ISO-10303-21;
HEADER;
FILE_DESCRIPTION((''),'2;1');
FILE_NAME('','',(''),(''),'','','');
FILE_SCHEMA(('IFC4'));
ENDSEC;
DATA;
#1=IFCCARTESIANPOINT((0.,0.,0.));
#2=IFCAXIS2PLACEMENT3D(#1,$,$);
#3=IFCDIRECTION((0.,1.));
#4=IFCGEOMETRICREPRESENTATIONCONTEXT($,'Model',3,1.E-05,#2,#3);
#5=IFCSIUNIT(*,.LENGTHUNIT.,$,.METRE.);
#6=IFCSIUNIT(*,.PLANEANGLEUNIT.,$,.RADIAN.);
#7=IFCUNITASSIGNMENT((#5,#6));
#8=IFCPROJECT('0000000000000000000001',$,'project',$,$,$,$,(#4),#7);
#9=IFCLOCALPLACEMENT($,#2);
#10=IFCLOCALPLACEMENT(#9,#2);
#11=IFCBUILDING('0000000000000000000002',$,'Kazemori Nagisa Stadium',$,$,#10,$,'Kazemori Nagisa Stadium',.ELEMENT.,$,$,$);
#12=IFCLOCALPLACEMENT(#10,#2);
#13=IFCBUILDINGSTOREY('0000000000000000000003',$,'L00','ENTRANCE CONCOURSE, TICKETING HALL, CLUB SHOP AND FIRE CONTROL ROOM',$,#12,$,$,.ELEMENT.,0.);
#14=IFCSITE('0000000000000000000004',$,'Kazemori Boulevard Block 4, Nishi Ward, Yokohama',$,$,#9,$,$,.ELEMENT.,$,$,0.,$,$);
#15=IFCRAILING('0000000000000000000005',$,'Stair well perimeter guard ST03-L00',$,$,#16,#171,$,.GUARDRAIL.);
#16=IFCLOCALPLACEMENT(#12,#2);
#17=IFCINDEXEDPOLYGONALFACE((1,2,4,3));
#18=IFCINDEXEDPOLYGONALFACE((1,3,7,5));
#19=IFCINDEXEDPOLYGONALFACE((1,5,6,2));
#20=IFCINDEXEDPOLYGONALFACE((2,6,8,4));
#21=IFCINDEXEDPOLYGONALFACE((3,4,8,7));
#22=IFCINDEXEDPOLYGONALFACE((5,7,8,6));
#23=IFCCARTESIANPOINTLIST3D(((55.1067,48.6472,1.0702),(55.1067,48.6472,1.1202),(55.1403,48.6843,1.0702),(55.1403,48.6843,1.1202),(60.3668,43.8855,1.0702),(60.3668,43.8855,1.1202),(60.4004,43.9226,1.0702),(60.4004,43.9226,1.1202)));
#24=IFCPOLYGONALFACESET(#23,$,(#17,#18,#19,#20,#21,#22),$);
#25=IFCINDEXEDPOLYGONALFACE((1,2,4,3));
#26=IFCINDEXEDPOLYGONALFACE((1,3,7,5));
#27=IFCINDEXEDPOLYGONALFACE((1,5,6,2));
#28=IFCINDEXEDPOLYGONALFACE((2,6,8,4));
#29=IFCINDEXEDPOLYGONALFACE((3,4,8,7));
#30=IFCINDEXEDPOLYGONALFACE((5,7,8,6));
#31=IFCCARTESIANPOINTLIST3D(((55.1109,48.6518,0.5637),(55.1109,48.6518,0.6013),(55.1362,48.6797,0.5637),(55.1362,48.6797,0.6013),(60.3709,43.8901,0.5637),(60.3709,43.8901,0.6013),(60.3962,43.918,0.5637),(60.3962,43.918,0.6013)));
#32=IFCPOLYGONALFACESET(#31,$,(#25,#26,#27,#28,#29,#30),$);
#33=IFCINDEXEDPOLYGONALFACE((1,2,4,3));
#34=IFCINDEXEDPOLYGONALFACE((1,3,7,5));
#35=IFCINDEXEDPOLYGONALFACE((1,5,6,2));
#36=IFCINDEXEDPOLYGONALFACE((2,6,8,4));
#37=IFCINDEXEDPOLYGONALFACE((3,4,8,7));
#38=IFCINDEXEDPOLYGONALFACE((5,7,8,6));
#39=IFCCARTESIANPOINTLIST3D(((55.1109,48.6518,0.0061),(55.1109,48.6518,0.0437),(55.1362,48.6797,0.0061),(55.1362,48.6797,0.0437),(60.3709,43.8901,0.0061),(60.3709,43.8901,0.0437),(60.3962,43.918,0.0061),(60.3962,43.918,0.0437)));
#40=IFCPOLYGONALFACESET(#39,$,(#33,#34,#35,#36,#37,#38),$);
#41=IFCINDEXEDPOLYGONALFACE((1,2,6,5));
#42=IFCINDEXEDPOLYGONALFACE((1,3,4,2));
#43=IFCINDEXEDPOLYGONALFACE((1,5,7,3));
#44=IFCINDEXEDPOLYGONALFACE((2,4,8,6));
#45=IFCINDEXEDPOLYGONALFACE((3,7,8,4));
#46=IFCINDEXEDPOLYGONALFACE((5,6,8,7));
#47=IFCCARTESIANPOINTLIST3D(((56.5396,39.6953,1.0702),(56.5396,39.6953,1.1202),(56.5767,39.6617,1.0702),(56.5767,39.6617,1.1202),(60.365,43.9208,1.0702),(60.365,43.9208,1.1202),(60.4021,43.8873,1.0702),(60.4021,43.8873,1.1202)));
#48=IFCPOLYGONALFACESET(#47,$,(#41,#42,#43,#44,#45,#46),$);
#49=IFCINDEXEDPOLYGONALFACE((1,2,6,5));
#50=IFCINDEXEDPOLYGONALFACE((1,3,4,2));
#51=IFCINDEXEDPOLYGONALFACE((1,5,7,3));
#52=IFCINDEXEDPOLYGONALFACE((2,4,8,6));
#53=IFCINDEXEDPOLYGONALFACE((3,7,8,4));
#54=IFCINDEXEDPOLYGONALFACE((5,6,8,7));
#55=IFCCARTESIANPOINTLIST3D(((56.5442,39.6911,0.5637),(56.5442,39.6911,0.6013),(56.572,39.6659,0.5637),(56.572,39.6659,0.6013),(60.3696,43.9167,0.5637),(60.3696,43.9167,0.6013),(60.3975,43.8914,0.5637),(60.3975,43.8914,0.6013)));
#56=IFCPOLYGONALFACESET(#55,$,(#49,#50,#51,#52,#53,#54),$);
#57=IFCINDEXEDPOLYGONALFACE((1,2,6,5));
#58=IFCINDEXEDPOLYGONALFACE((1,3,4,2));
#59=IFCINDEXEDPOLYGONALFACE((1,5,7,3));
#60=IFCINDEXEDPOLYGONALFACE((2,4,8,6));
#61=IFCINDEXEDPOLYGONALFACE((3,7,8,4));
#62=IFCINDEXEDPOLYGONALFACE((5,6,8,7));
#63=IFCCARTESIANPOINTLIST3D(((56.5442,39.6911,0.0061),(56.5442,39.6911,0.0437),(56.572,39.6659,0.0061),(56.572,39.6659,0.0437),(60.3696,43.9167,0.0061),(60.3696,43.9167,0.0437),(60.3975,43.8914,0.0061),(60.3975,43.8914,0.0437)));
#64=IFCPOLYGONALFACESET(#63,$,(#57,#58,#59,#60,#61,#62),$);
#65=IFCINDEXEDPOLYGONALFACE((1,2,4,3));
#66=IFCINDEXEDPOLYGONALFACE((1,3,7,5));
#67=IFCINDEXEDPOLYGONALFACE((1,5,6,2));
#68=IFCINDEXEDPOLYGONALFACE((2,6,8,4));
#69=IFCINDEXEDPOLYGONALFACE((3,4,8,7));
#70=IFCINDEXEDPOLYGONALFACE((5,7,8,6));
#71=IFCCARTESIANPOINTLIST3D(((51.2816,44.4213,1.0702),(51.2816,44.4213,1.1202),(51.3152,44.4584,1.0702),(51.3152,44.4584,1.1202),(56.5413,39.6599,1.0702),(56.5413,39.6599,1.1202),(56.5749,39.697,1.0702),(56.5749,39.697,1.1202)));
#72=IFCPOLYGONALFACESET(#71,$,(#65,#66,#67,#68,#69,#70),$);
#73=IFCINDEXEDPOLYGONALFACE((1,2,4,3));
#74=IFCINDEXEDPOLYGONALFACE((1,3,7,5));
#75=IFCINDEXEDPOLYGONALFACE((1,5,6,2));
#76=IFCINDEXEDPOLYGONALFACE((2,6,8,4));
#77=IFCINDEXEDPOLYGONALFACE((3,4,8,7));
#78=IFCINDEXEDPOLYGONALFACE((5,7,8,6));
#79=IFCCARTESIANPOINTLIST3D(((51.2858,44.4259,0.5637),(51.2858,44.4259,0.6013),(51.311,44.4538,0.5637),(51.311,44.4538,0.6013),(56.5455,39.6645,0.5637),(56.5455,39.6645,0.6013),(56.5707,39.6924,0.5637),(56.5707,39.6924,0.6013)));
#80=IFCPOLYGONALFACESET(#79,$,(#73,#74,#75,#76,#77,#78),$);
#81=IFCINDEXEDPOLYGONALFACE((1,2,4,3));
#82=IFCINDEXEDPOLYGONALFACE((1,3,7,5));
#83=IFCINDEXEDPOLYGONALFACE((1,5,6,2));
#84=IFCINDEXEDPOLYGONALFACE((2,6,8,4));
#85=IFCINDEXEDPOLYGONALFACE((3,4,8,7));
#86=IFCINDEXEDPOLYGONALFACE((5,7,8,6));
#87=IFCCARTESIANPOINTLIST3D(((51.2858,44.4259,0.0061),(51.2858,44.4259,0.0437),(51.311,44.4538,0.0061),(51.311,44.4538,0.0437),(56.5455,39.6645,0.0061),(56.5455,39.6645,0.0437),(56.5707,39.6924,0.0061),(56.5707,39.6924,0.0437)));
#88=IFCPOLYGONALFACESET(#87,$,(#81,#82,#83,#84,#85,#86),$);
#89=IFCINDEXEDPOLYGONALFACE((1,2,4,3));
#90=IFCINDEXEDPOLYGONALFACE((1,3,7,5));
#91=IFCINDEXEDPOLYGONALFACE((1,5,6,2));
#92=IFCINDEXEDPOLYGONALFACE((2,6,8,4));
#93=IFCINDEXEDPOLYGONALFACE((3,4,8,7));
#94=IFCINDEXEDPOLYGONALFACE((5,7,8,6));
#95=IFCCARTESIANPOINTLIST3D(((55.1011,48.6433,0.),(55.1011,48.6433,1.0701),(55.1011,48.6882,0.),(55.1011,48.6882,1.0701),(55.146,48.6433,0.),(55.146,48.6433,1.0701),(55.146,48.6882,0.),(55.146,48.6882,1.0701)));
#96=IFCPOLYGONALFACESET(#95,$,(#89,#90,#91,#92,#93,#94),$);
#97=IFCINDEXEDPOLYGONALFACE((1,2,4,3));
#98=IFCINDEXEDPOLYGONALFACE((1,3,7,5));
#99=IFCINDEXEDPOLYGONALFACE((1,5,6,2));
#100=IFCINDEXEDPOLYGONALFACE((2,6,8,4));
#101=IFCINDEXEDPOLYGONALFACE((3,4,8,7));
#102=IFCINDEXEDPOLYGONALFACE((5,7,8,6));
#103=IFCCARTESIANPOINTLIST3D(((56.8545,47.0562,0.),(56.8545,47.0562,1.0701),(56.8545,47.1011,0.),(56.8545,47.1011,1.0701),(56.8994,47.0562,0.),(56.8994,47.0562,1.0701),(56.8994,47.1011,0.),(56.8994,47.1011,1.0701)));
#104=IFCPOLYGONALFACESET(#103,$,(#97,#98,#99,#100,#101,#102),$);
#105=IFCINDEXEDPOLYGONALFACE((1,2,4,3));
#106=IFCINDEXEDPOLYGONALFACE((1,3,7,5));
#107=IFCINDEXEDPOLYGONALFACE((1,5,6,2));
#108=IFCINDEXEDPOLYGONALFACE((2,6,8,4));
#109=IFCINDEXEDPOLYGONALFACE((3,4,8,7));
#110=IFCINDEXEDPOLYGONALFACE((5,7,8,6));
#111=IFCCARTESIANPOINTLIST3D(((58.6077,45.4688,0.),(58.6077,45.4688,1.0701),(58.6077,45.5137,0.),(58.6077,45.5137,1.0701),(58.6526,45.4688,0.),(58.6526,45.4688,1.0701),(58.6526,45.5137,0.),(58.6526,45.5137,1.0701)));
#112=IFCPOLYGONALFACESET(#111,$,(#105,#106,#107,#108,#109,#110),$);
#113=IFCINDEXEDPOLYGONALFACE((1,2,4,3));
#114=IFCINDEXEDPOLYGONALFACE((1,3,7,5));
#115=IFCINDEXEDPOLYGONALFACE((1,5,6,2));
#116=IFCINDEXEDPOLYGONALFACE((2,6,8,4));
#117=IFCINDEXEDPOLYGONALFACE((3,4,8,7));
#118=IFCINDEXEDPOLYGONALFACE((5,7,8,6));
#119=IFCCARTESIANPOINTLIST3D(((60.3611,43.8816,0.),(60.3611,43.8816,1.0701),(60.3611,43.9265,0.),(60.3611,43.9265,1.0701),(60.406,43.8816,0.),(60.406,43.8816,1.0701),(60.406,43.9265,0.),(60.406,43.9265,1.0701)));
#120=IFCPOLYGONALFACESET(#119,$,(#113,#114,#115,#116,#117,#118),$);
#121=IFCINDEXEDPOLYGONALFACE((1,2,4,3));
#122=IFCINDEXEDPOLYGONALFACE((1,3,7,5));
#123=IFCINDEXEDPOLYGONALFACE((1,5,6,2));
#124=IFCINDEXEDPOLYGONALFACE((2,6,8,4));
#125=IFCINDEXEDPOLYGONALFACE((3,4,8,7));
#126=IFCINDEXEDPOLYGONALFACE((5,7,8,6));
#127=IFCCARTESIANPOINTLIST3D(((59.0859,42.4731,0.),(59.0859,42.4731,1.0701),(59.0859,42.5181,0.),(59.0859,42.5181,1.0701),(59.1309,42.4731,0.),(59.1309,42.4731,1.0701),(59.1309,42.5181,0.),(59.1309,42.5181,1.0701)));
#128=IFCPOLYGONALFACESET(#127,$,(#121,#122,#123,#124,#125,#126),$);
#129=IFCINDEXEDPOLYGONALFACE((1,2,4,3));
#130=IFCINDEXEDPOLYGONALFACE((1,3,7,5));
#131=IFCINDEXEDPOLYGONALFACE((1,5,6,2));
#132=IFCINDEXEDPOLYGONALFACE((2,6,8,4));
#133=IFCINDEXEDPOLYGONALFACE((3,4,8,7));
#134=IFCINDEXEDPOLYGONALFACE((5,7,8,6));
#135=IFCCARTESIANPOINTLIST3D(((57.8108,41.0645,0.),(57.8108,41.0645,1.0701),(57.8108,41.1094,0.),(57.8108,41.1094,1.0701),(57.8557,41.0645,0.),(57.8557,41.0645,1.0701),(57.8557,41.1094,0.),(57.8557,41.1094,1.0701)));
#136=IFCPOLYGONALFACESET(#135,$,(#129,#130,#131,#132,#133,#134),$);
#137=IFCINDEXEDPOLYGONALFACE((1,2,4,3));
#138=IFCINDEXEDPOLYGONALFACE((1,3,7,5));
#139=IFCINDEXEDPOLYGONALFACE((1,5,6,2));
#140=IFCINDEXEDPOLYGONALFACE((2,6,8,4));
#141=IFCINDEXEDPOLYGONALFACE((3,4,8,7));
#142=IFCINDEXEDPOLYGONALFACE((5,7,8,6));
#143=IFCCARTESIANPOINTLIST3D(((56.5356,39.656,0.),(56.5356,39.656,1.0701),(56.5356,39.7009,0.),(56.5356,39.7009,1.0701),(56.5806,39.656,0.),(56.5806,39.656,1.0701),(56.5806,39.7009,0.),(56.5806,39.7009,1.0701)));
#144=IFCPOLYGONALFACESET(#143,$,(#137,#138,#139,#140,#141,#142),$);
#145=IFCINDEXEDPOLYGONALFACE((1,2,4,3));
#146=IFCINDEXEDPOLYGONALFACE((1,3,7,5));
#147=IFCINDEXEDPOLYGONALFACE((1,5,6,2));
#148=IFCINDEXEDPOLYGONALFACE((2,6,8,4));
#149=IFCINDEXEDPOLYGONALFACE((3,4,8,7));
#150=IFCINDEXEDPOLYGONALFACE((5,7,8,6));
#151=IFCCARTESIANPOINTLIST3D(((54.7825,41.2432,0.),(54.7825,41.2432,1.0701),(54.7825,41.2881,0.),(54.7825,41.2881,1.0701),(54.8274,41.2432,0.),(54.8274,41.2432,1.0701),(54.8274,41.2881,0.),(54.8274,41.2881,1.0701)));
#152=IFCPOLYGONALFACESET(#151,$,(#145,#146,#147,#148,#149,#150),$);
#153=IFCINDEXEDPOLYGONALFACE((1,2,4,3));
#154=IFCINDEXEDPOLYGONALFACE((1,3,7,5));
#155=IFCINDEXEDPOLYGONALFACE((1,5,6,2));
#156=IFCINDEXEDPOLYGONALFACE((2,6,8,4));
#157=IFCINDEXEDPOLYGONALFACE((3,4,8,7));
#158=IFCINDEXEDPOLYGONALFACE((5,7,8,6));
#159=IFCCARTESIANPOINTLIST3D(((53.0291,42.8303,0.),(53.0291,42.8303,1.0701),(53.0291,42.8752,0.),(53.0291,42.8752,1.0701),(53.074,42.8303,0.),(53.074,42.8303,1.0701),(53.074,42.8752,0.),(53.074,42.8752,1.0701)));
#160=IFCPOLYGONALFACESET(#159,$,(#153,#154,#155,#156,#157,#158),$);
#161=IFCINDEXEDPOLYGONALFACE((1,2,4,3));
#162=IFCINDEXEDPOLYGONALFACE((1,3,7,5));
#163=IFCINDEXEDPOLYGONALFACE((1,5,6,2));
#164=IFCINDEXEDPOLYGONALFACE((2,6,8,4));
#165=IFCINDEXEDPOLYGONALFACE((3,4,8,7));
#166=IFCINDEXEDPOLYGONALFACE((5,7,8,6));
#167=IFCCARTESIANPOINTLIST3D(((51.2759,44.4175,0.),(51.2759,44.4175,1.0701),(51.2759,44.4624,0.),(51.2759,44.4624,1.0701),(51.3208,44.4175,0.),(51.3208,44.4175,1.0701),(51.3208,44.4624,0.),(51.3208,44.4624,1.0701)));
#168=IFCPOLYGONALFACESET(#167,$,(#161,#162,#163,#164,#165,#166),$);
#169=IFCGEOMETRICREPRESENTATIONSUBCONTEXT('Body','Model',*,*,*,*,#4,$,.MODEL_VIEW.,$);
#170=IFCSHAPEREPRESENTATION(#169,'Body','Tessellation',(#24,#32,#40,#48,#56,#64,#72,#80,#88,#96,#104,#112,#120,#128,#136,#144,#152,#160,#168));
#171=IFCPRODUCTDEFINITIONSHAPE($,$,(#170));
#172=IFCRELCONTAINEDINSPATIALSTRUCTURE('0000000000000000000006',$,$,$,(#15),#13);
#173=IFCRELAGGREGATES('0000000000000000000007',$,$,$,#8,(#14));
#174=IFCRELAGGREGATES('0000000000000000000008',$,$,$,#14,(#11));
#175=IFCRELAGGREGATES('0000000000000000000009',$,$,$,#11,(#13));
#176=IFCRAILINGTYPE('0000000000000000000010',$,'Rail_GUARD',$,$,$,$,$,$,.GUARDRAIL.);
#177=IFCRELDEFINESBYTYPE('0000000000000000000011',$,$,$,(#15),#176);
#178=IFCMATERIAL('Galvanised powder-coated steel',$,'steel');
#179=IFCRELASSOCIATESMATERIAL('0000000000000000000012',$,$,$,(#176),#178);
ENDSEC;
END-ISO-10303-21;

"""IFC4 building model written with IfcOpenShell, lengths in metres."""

from ifc_helpers import new_model, si_unit, direction, frame, origin, origin_2d, place, context, subcontext, project, spatial, rectangle, extrude, material, type_object, element, save


model = new_model("IFC4")

# Units and contexts
model_context = context("Model", 3, precision=1e-05, world=origin(), true_north=direction((0.0, 1.0)))
body_context = subcontext(model_context, "Body", "Model", "MODEL_VIEW")
ifc_project = project(units=[si_unit("LENGTHUNIT", "METRE"), si_unit("PLANEANGLEUNIT", "RADIAN")], contexts=[model_context])

# Site, building, storey
site_placement = place(None, origin())
site = spatial("IfcSite", under=ifc_project, at=site_placement, Name="Kazemori Boulevard Block 4, Nishi Ward, Yokohama", CompositionType="ELEMENT", RefElevation=0.0)
building_placement = place(site_placement, origin())
building = spatial("IfcBuilding", under=site, at=building_placement, Name="Kazemori Nagisa Stadium", LongName="Kazemori Nagisa Stadium", CompositionType="ELEMENT")
storey_placement = place(building_placement, origin())
storey = spatial("IfcBuildingStorey", under=building, at=storey_placement, Name="L00", Description="ENTRANCE CONCOURSE, TICKETING HALL, CLUB SHOP AND FIRE CONTROL ROOM", CompositionType="ELEMENT", Elevation=0.0)

# Railing
ifc_material_1 = material(Name="Galvanised powder-coated steel", Category="steel")
railing_type_1 = type_object("IfcRailingType", Name="Rail_GUARD", PredefinedType="GUARDRAIL", material=ifc_material_1)
railing_1_placement = place(storey_placement, frame((55.1235, 48.6658, 0.0)))
element("IfcRailing", 1, at=railing_1_placement, inside=storey, type_object=railing_type_1, Name="Stair well perimeter guard ST03-L00", PredefinedType="GUARDRAIL", context=body_context, shape_type="SweptSolid", body=[
    extrude(rectangle(XDim=0.05, YDim=0.05, at=origin_2d()), frame((0.0, 0.0, 1.0952), z_axis=(0.741349, -0.67112, 0.0), x_axis=(0.67112, 0.741349, 0.0)), (0.0, 0.0, 1.0), 7.0952),
    extrude(rectangle(XDim=0.0376, YDim=0.0376, at=origin_2d()), frame((0.0, 0.0, 0.5825), z_axis=(0.741349, -0.67112, 0.0), x_axis=(0.67112, 0.741349, 0.0)), (0.0, 0.0, 1.0), 7.0952),
    extrude(rectangle(XDim=0.0376, YDim=0.0376, at=origin_2d()), frame((0.0, 0.0, 0.0249), z_axis=(0.741349, -0.67112, 0.0), x_axis=(0.67112, 0.741349, 0.0)), (0.0, 0.0, 1.0), 7.0952),
    extrude(rectangle(XDim=0.05, YDim=0.05, at=origin_2d()), frame((5.26, -4.7617, 1.0952), z_axis=(-0.671134, -0.741336, 0.0), x_axis=(0.741336, -0.671134, 0.0)), (0.0, 0.0, 1.0), 5.7),
    extrude(rectangle(XDim=0.0376, YDim=0.0376, at=origin_2d()), frame((5.26, -4.7617, 0.5825), z_axis=(-0.671134, -0.741336, 0.0), x_axis=(0.741336, -0.671134, 0.0)), (0.0, 0.0, 1.0), 5.7),
    extrude(rectangle(XDim=0.0376, YDim=0.0376, at=origin_2d()), frame((5.26, -4.7617, 0.0249), z_axis=(-0.671134, -0.741336, 0.0), x_axis=(0.741336, -0.671134, 0.0)), (0.0, 0.0, 1.0), 5.7),
    extrude(rectangle(XDim=0.05, YDim=0.05, at=origin_2d()), frame((1.4346, -8.9873, 1.0952), z_axis=(-0.741351, 0.671118, 0.0), x_axis=(-0.671118, -0.741351, 0.0)), (0.0, 0.0, 1.0), 7.0947),
    extrude(rectangle(XDim=0.0376, YDim=0.0376, at=origin_2d()), frame((1.4346, -8.9873, 0.5825), z_axis=(-0.741351, 0.671118, 0.0), x_axis=(-0.671118, -0.741351, 0.0)), (0.0, 0.0, 1.0), 7.0947),
    extrude(rectangle(XDim=0.0376, YDim=0.0376, at=origin_2d()), frame((1.4346, -8.9873, 0.0249), z_axis=(-0.741351, 0.671118, 0.0), x_axis=(-0.671118, -0.741351, 0.0)), (0.0, 0.0, 1.0), 7.0947),
    extrude(rectangle(XDim=0.0449, YDim=0.0449, at=origin_2d()), origin(), (0.0, 0.0, 1.0), 1.0701),
    extrude(rectangle(XDim=0.0449, YDim=0.0449, at=origin_2d()), frame((1.7534, -1.5872, 0.0)), (0.0, 0.0, 1.0), 1.0701),
    extrude(rectangle(XDim=0.0449, YDim=0.0449, at=origin_2d()), frame((3.5066, -3.1746, 0.0)), (0.0, 0.0, 1.0), 1.0701),
    extrude(rectangle(XDim=0.0449, YDim=0.0449, at=origin_2d()), frame((5.26, -4.7617, 0.0)), (0.0, 0.0, 1.0), 1.0701),
    extrude(rectangle(XDim=0.0449, YDim=0.0449, at=origin_2d()), frame((3.9849, -6.1702, 0.0)), (0.0, 0.0, 1.0), 1.0701),
    extrude(rectangle(XDim=0.0449, YDim=0.0449, at=origin_2d()), frame((2.7097, -7.5789, 0.0)), (0.0, 0.0, 1.0), 1.0701),
    extrude(rectangle(XDim=0.0449, YDim=0.0449, at=origin_2d()), frame((1.4346, -8.9873, 0.0)), (0.0, 0.0, 1.0), 1.0701),
    extrude(rectangle(XDim=0.0449, YDim=0.0449, at=origin_2d()), frame((-0.3186, -7.4001, 0.0)), (0.0, 0.0, 1.0), 1.0701),
    extrude(rectangle(XDim=0.0449, YDim=0.0449, at=origin_2d()), frame((-2.072, -5.813, 0.0)), (0.0, 0.0, 1.0), 1.0701),
    extrude(rectangle(XDim=0.0449, YDim=0.0449, at=origin_2d()), frame((-3.8252, -4.2258, 0.0)), (0.0, 0.0, 1.0), 1.0701),
])

save(model, "model.ifc")
